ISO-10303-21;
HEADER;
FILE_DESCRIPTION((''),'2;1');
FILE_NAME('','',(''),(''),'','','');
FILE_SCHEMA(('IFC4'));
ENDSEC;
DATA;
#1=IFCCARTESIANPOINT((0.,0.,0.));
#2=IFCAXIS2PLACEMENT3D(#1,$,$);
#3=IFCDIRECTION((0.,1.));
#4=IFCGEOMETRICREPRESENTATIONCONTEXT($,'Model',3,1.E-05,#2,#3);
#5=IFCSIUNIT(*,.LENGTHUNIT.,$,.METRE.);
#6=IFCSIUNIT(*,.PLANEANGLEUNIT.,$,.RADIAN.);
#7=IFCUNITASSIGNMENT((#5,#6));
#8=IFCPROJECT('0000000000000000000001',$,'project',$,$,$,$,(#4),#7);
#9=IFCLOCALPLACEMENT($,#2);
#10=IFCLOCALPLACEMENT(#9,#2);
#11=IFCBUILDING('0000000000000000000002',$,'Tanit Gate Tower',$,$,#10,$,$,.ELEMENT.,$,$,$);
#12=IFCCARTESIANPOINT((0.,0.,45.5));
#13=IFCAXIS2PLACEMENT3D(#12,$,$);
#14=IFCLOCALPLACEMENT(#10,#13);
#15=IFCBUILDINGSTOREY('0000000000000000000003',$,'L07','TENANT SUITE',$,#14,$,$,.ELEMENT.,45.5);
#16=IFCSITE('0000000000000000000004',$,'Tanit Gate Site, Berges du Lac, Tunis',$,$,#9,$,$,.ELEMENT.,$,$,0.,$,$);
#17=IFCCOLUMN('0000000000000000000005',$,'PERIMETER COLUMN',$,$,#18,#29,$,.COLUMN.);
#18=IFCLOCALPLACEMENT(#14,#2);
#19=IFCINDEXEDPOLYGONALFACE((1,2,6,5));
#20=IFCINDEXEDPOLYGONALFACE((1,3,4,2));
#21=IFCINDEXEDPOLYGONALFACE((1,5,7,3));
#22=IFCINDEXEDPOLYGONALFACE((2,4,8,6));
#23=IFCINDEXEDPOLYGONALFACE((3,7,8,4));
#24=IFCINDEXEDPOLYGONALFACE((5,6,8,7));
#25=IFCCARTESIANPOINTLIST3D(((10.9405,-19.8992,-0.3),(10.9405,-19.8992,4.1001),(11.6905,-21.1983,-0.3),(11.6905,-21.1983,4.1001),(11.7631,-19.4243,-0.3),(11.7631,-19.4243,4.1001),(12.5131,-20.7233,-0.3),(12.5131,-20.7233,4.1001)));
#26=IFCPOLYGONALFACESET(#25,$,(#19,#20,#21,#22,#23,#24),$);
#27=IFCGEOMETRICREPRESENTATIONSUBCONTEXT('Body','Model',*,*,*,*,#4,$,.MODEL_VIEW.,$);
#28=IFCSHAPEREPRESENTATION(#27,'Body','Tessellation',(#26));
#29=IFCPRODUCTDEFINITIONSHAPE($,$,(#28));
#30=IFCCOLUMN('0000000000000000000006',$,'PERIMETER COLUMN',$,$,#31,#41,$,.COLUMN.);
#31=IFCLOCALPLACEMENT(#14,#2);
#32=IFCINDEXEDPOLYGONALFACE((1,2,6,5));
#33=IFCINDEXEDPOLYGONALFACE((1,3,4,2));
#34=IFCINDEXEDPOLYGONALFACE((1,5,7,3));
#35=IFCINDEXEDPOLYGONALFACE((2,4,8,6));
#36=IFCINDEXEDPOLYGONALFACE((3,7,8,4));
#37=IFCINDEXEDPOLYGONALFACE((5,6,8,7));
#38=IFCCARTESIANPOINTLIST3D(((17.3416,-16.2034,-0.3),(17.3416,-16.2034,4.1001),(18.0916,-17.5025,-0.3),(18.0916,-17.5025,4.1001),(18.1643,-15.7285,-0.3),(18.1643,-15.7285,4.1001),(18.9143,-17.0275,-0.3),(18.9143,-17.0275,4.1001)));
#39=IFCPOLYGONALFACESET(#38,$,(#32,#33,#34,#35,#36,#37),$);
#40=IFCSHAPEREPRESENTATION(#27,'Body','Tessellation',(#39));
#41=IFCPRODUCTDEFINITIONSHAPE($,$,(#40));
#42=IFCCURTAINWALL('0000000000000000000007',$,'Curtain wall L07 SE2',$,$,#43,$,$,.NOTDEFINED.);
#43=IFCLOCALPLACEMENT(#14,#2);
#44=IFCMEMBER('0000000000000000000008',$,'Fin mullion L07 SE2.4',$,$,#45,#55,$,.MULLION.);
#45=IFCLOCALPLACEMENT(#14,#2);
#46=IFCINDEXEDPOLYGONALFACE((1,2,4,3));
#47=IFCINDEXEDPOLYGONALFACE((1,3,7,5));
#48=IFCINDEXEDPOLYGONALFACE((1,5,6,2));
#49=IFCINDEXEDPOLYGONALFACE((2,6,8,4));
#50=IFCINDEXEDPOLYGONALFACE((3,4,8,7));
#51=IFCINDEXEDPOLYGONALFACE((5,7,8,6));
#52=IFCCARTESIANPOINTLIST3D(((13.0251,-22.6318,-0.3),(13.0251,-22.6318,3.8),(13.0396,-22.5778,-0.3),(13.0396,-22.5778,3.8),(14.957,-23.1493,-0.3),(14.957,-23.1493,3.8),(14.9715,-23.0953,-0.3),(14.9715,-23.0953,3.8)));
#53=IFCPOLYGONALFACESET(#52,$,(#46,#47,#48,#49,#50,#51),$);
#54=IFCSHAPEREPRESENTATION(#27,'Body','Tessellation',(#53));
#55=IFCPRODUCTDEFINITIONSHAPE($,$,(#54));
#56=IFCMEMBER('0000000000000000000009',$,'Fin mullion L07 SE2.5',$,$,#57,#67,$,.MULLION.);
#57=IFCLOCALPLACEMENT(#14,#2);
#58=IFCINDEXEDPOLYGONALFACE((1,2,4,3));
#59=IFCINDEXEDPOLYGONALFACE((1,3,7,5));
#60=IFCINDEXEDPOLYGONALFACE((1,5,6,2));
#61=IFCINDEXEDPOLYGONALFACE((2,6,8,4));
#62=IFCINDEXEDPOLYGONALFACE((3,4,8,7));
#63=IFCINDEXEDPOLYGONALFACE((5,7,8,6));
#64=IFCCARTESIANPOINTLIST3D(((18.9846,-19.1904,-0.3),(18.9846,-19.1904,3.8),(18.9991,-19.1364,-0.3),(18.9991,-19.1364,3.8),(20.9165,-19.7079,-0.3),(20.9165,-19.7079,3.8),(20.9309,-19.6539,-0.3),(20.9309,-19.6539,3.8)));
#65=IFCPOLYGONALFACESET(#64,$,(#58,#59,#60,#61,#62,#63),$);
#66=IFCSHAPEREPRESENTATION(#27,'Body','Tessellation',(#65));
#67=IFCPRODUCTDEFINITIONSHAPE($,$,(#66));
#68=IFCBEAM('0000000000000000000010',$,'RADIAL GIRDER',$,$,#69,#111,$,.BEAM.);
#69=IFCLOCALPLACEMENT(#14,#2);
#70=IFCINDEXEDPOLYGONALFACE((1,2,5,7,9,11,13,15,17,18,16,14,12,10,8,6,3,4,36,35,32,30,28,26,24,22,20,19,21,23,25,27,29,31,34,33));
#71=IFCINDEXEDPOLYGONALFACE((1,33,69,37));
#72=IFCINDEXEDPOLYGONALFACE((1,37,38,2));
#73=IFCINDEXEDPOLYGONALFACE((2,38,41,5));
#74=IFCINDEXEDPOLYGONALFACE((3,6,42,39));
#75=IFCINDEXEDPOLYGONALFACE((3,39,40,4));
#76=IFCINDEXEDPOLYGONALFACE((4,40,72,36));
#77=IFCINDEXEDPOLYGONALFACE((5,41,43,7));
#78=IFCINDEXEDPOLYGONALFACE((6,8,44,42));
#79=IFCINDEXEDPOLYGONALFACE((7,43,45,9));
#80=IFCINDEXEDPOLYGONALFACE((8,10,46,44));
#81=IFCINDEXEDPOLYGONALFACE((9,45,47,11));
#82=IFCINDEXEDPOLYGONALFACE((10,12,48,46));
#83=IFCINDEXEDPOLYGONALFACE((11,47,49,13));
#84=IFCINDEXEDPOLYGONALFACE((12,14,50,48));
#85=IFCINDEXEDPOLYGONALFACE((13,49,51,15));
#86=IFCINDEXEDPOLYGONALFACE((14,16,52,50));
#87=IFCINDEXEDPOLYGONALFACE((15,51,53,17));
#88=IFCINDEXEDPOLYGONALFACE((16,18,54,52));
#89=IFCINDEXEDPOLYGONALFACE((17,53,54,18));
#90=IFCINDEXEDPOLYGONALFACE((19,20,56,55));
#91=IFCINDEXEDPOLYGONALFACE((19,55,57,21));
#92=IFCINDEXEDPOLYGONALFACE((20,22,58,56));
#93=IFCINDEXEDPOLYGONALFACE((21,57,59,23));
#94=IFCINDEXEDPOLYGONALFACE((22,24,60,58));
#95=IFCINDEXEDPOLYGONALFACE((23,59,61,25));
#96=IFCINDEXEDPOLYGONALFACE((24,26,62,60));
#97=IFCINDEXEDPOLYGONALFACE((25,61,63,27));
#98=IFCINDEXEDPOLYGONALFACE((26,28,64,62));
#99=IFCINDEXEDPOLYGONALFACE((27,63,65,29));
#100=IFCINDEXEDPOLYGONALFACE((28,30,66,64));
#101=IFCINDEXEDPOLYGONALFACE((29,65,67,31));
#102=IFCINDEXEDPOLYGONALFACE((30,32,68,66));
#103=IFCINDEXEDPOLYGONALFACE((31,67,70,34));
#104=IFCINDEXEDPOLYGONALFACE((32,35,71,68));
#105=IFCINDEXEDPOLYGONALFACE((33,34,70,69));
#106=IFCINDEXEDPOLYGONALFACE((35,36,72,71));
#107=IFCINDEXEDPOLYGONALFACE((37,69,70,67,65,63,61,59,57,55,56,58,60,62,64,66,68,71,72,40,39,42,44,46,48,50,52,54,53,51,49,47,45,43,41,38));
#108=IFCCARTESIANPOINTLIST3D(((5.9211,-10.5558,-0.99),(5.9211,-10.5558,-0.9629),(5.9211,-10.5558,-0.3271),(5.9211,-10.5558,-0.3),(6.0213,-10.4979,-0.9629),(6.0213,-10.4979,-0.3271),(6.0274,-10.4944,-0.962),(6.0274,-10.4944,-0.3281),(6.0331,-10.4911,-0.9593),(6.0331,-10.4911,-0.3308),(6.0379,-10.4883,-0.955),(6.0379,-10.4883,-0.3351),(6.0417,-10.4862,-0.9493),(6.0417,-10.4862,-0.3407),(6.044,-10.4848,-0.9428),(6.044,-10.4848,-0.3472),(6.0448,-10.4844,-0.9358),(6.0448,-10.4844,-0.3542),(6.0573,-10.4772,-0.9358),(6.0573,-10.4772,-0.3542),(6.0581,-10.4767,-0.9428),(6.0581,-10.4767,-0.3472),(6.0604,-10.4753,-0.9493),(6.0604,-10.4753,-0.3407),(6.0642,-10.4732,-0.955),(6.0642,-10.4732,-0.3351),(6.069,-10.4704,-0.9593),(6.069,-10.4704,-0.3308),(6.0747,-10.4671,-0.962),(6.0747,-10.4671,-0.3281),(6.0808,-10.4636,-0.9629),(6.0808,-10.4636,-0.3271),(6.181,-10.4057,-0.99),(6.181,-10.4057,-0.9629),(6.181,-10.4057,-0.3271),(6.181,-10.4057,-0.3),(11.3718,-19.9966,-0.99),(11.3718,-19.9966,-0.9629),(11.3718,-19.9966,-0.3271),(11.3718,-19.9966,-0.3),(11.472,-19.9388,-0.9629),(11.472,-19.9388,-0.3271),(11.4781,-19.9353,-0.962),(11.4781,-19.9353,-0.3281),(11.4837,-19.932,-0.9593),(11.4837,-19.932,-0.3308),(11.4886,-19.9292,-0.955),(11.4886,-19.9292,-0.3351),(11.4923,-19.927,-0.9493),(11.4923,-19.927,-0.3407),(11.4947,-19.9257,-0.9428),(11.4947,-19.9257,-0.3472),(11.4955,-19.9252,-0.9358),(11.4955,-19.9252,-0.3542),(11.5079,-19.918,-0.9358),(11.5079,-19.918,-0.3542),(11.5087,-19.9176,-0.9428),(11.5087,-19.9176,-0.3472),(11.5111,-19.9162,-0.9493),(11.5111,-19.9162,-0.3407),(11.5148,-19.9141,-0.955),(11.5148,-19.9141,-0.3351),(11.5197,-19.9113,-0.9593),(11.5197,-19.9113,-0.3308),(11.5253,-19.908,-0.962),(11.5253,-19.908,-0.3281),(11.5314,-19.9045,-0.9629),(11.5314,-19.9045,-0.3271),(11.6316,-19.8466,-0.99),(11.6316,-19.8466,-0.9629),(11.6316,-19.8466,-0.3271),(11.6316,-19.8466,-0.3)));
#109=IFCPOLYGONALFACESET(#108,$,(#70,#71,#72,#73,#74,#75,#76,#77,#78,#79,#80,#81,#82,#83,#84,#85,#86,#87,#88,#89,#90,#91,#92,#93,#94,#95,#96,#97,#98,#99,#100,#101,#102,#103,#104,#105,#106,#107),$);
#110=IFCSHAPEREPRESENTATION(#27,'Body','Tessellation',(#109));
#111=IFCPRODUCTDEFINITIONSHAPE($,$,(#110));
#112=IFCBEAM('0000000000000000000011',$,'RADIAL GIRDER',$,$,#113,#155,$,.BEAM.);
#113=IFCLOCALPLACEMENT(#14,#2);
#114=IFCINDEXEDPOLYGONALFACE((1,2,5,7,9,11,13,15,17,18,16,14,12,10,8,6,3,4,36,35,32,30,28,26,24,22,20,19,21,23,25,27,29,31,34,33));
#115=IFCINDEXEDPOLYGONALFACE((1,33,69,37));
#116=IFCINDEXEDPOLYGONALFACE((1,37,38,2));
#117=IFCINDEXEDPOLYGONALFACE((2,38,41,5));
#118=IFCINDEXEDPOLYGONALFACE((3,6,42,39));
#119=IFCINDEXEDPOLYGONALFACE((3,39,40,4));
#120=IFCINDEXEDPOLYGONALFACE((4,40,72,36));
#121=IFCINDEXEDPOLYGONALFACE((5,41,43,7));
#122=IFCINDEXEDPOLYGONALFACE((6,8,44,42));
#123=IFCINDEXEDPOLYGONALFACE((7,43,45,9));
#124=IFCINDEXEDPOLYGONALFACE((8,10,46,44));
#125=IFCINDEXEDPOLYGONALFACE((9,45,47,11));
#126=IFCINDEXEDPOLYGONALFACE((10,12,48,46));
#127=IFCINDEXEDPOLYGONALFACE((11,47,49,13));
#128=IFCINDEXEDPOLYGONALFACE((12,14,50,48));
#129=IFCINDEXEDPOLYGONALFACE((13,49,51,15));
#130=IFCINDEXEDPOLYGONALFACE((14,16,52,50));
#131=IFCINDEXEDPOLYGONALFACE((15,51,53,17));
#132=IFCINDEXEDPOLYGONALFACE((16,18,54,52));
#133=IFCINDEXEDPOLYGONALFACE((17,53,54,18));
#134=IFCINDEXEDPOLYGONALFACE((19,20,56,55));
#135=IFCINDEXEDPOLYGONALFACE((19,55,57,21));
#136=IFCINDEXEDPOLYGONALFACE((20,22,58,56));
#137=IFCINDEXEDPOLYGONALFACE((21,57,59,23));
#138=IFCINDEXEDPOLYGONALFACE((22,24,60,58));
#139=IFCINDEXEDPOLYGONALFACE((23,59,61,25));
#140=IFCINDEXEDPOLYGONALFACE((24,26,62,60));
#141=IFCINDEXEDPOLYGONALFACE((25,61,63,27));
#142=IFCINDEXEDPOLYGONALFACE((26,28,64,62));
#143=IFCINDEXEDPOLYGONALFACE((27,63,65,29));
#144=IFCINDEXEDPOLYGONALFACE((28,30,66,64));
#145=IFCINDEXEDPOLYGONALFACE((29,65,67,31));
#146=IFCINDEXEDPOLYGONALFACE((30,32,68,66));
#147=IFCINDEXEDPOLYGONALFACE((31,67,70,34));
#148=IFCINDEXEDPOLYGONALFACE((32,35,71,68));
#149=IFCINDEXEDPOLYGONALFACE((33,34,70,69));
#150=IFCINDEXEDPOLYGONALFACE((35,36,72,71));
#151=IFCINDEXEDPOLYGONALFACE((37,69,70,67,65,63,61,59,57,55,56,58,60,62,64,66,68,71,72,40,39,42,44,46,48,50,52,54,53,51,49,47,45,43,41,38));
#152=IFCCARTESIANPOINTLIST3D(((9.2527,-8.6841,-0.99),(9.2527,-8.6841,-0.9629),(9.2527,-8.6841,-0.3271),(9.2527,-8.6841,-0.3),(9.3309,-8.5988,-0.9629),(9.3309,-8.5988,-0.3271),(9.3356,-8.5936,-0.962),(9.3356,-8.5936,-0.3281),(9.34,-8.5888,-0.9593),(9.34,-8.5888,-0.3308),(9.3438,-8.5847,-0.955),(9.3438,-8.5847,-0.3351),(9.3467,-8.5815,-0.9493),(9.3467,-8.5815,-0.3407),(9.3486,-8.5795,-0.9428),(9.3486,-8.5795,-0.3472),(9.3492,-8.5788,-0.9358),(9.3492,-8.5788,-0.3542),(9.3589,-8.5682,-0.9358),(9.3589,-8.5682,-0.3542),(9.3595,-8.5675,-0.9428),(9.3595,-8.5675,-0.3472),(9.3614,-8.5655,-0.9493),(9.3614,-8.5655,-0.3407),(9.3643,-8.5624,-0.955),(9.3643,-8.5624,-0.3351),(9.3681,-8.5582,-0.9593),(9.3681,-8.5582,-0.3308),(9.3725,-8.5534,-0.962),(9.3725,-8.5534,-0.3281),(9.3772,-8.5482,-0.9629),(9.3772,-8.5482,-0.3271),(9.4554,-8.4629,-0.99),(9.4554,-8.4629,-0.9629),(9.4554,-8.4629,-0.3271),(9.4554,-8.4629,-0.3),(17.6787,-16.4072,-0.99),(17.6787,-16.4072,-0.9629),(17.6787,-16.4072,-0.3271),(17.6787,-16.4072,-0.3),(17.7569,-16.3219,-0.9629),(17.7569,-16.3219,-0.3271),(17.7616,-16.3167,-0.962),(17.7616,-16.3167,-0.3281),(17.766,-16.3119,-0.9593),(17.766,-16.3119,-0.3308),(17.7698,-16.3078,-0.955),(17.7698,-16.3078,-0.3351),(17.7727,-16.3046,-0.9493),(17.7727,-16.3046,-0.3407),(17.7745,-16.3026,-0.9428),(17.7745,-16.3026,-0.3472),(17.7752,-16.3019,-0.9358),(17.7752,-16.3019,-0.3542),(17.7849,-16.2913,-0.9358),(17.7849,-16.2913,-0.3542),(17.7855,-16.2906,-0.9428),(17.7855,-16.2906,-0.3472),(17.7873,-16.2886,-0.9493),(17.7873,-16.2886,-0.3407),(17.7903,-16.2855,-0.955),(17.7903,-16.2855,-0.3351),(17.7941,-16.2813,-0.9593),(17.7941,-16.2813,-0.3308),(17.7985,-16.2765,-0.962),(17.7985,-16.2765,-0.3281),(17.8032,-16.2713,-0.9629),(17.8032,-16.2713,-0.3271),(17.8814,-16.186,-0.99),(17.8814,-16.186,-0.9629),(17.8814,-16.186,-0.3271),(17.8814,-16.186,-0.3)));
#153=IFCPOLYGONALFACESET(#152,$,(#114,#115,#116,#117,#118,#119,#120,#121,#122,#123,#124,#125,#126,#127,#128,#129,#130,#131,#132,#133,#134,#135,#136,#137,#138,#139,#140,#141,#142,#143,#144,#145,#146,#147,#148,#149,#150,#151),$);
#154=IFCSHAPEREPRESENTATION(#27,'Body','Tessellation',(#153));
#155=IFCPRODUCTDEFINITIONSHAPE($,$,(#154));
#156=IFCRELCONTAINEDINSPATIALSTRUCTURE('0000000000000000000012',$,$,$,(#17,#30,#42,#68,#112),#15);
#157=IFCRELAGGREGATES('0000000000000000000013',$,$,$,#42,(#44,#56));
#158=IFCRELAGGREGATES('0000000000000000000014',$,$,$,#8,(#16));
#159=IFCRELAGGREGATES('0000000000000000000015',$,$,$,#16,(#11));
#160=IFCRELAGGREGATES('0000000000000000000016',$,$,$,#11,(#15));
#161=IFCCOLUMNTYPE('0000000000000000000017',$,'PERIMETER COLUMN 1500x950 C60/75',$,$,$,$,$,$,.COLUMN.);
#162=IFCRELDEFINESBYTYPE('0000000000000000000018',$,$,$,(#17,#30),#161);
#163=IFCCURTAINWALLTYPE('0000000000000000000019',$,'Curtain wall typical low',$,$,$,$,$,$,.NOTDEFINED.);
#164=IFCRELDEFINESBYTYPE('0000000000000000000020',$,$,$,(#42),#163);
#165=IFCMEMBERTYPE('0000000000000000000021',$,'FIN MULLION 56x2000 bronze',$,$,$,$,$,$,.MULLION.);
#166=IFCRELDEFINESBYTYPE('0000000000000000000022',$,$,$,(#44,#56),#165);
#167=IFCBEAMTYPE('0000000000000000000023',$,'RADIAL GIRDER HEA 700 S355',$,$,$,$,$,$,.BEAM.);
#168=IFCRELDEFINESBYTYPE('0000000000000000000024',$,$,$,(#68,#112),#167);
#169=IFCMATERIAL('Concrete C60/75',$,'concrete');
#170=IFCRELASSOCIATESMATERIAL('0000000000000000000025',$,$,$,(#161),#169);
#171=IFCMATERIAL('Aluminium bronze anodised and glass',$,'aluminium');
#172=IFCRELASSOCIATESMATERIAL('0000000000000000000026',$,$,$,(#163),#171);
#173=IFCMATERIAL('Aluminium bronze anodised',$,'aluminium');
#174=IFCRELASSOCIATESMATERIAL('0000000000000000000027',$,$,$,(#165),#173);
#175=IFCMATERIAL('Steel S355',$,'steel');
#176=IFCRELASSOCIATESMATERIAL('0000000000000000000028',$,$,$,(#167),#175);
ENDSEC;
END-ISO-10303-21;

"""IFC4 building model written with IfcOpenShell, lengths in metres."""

from ifc_helpers import new_model, si_unit, direction, frame, origin, origin_2d, place, context, subcontext, project, spatial, rectangle, i_section, extrude, material, material_profile, profile_set, type_object, element, aggregate, save


model = new_model("IFC4")

# Units and contexts
model_context = context("Model", 3, precision=1e-05, world=origin(), true_north=direction((0.0, 1.0)))
body_context = subcontext(model_context, "Body", "Model", "MODEL_VIEW")
ifc_project = project(units=[si_unit("LENGTHUNIT", "METRE"), si_unit("PLANEANGLEUNIT", "RADIAN")], contexts=[model_context])

# Site, building, storey
site_placement = place(None, origin())
site = spatial("IfcSite", under=ifc_project, at=site_placement, Name="Tanit Gate Site, Berges du Lac, Tunis", CompositionType="ELEMENT", RefElevation=0.0)
building_placement = place(site_placement, origin())
building = spatial("IfcBuilding", under=site, at=building_placement, Name="Tanit Gate Tower", CompositionType="ELEMENT")
storey_placement = place(building_placement, frame((0.0, 0.0, 45.5)))
storey = spatial("IfcBuildingStorey", under=building, at=storey_placement, Name="L07", Description="TENANT SUITE", CompositionType="ELEMENT", Elevation=45.5)

# Columns
ifc_material_1 = material(Name="Concrete C60/75", Category="concrete")
ifc_material_profile_1 = material_profile(ifc_material_1, rectangle(XDim=1.5, YDim=0.95, at=origin_2d()), Name="RC 1500x950")
ifc_profile_set_1 = profile_set([ifc_material_profile_1], Name="Concrete C60/75")
column_type = type_object("IfcColumnType", Name="PERIMETER COLUMN 1500x950 C60/75", PredefinedType="COLUMN", material=ifc_profile_set_1)
for number, where, z_axis, x_axis, name in (
    (1, (11.7268, -20.3113, -0.3), (0.0, 0.0, 1.0), (0.5, -0.866025, 0.0), "PERIMETER COLUMN"),
    (2, (18.1279, -16.6155, -0.3), (0.0, 0.0, 1.0), (0.5, -0.866025, 0.0), "PERIMETER COLUMN"),
):
    element("IfcColumn", number, at=place(storey_placement, frame(where, z_axis=z_axis, x_axis=x_axis)), inside=storey, type_object=column_type, Name=name, PredefinedType="COLUMN", context=body_context, shape_type="SweptSolid", body=[
        extrude(rectangle(XDim=1.5, YDim=0.95, at=origin_2d()), origin(), (0.0, 0.0, 1.0), 4.4001),
    ])

# Curtain wall, members
ifc_material_2 = material(Name="Aluminium bronze anodised and glass", Category="aluminium")
curtain_wall_type = type_object("IfcCurtainWallType", Name="Curtain wall typical low", PredefinedType="NOTDEFINED", material=ifc_material_2)
curtain_wall_placement = place(storey_placement, origin())
curtain_wall = element("IfcCurtainWall", 3, at=curtain_wall_placement, inside=storey, type_object=curtain_wall_type, Name="Curtain wall L07 SE2", PredefinedType="NOTDEFINED")
ifc_material_3 = material(Name="Aluminium bronze anodised", Category="aluminium")
ifc_material_profile_2 = material_profile(ifc_material_3, rectangle(XDim=2.0, YDim=0.0559, at=origin_2d()), Name="56x2000 bronze fin mullion")
ifc_profile_set_2 = profile_set([ifc_material_profile_2], Name="Aluminium bronze anodised")
member_type_1 = type_object("IfcMemberType", Name="FIN MULLION 56x2000 bronze", PredefinedType="MULLION", material=ifc_profile_set_2)
member_1_placement = place(storey_placement, frame((13.9983, -22.8635, -0.3), z_axis=(0.0, 0.0, 1.0), x_axis=(-0.965944, 0.258752, 0.0)))
member_1 = element("IfcMember", 4, at=member_1_placement, type_object=member_type_1, Name="Fin mullion L07 SE2.4", PredefinedType="MULLION", context=body_context, shape_type="SweptSolid", body=[
    extrude(rectangle(XDim=2.0, YDim=0.0559, at=origin_2d()), origin(), (0.0, 0.0, 1.0), 4.1001),
])
member_2_placement = place(storey_placement, frame((19.9578, -19.4221, -0.3), z_axis=(0.0, 0.0, 1.0), x_axis=(-0.965944, 0.258752, 0.0)))
member_2 = element("IfcMember", 5, at=member_2_placement, type_object=member_type_1, Name="Fin mullion L07 SE2.5", PredefinedType="MULLION", context=body_context, shape_type="SweptSolid", body=[
    extrude(rectangle(XDim=2.0, YDim=0.0559, at=origin_2d()), origin(), (0.0, 0.0, 1.0), 4.1001),
])

# Beams
ifc_material_4 = material(Name="Steel S355", Category="steel")
ifc_material_profile_3 = material_profile(ifc_material_4, i_section(OverallWidth=0.3, OverallDepth=0.6899, WebThickness=0.0144, FlangeThickness=0.0271, FilletRadius=0.0271, at=origin_2d()), Name="HEA 700")
ifc_profile_set_3 = profile_set([ifc_material_profile_3], Name="Steel S355")
beam_type_1 = type_object("IfcBeamType", Name="RADIAL GIRDER HEA 700 S355", PredefinedType="BEAM", material=ifc_profile_set_3)
beam_1_placement = place(storey_placement, frame((11.5017, -19.9216, -0.645), z_axis=(-0.499998, 0.866027, 0.0), x_axis=(-0.866027, -0.499998, 0.0)))
element("IfcBeam", 6, at=beam_1_placement, inside=storey, type_object=beam_type_1, Name="RADIAL GIRDER", PredefinedType="BEAM", context=body_context, shape_type="SweptSolid", body=[
    extrude(i_section(OverallWidth=0.3, OverallDepth=0.6899, WebThickness=0.0144, FlangeThickness=0.0271, FilletRadius=0.0271, at=origin_2d()), origin(), (0.0, 0.0, 1.0), 10.9014),
])
beam_2_placement = place(storey_placement, frame((17.78, -16.2966, -0.645), z_axis=(-0.737185, 0.675691, 0.0), x_axis=(-0.675691, -0.737185, 0.0)))
element("IfcBeam", 7, at=beam_2_placement, inside=storey, type_object=beam_type_1, Name="RADIAL GIRDER", PredefinedType="BEAM", context=body_context, shape_type="SweptSolid", body=[
    extrude(i_section(OverallWidth=0.3, OverallDepth=0.6899, WebThickness=0.0144, FlangeThickness=0.0271, FilletRadius=0.0271, at=origin_2d()), origin(), (0.0, 0.0, 1.0), 11.4299),
])

aggregate(curtain_wall, [member_1, member_2])

save(model, "model.ifc")
